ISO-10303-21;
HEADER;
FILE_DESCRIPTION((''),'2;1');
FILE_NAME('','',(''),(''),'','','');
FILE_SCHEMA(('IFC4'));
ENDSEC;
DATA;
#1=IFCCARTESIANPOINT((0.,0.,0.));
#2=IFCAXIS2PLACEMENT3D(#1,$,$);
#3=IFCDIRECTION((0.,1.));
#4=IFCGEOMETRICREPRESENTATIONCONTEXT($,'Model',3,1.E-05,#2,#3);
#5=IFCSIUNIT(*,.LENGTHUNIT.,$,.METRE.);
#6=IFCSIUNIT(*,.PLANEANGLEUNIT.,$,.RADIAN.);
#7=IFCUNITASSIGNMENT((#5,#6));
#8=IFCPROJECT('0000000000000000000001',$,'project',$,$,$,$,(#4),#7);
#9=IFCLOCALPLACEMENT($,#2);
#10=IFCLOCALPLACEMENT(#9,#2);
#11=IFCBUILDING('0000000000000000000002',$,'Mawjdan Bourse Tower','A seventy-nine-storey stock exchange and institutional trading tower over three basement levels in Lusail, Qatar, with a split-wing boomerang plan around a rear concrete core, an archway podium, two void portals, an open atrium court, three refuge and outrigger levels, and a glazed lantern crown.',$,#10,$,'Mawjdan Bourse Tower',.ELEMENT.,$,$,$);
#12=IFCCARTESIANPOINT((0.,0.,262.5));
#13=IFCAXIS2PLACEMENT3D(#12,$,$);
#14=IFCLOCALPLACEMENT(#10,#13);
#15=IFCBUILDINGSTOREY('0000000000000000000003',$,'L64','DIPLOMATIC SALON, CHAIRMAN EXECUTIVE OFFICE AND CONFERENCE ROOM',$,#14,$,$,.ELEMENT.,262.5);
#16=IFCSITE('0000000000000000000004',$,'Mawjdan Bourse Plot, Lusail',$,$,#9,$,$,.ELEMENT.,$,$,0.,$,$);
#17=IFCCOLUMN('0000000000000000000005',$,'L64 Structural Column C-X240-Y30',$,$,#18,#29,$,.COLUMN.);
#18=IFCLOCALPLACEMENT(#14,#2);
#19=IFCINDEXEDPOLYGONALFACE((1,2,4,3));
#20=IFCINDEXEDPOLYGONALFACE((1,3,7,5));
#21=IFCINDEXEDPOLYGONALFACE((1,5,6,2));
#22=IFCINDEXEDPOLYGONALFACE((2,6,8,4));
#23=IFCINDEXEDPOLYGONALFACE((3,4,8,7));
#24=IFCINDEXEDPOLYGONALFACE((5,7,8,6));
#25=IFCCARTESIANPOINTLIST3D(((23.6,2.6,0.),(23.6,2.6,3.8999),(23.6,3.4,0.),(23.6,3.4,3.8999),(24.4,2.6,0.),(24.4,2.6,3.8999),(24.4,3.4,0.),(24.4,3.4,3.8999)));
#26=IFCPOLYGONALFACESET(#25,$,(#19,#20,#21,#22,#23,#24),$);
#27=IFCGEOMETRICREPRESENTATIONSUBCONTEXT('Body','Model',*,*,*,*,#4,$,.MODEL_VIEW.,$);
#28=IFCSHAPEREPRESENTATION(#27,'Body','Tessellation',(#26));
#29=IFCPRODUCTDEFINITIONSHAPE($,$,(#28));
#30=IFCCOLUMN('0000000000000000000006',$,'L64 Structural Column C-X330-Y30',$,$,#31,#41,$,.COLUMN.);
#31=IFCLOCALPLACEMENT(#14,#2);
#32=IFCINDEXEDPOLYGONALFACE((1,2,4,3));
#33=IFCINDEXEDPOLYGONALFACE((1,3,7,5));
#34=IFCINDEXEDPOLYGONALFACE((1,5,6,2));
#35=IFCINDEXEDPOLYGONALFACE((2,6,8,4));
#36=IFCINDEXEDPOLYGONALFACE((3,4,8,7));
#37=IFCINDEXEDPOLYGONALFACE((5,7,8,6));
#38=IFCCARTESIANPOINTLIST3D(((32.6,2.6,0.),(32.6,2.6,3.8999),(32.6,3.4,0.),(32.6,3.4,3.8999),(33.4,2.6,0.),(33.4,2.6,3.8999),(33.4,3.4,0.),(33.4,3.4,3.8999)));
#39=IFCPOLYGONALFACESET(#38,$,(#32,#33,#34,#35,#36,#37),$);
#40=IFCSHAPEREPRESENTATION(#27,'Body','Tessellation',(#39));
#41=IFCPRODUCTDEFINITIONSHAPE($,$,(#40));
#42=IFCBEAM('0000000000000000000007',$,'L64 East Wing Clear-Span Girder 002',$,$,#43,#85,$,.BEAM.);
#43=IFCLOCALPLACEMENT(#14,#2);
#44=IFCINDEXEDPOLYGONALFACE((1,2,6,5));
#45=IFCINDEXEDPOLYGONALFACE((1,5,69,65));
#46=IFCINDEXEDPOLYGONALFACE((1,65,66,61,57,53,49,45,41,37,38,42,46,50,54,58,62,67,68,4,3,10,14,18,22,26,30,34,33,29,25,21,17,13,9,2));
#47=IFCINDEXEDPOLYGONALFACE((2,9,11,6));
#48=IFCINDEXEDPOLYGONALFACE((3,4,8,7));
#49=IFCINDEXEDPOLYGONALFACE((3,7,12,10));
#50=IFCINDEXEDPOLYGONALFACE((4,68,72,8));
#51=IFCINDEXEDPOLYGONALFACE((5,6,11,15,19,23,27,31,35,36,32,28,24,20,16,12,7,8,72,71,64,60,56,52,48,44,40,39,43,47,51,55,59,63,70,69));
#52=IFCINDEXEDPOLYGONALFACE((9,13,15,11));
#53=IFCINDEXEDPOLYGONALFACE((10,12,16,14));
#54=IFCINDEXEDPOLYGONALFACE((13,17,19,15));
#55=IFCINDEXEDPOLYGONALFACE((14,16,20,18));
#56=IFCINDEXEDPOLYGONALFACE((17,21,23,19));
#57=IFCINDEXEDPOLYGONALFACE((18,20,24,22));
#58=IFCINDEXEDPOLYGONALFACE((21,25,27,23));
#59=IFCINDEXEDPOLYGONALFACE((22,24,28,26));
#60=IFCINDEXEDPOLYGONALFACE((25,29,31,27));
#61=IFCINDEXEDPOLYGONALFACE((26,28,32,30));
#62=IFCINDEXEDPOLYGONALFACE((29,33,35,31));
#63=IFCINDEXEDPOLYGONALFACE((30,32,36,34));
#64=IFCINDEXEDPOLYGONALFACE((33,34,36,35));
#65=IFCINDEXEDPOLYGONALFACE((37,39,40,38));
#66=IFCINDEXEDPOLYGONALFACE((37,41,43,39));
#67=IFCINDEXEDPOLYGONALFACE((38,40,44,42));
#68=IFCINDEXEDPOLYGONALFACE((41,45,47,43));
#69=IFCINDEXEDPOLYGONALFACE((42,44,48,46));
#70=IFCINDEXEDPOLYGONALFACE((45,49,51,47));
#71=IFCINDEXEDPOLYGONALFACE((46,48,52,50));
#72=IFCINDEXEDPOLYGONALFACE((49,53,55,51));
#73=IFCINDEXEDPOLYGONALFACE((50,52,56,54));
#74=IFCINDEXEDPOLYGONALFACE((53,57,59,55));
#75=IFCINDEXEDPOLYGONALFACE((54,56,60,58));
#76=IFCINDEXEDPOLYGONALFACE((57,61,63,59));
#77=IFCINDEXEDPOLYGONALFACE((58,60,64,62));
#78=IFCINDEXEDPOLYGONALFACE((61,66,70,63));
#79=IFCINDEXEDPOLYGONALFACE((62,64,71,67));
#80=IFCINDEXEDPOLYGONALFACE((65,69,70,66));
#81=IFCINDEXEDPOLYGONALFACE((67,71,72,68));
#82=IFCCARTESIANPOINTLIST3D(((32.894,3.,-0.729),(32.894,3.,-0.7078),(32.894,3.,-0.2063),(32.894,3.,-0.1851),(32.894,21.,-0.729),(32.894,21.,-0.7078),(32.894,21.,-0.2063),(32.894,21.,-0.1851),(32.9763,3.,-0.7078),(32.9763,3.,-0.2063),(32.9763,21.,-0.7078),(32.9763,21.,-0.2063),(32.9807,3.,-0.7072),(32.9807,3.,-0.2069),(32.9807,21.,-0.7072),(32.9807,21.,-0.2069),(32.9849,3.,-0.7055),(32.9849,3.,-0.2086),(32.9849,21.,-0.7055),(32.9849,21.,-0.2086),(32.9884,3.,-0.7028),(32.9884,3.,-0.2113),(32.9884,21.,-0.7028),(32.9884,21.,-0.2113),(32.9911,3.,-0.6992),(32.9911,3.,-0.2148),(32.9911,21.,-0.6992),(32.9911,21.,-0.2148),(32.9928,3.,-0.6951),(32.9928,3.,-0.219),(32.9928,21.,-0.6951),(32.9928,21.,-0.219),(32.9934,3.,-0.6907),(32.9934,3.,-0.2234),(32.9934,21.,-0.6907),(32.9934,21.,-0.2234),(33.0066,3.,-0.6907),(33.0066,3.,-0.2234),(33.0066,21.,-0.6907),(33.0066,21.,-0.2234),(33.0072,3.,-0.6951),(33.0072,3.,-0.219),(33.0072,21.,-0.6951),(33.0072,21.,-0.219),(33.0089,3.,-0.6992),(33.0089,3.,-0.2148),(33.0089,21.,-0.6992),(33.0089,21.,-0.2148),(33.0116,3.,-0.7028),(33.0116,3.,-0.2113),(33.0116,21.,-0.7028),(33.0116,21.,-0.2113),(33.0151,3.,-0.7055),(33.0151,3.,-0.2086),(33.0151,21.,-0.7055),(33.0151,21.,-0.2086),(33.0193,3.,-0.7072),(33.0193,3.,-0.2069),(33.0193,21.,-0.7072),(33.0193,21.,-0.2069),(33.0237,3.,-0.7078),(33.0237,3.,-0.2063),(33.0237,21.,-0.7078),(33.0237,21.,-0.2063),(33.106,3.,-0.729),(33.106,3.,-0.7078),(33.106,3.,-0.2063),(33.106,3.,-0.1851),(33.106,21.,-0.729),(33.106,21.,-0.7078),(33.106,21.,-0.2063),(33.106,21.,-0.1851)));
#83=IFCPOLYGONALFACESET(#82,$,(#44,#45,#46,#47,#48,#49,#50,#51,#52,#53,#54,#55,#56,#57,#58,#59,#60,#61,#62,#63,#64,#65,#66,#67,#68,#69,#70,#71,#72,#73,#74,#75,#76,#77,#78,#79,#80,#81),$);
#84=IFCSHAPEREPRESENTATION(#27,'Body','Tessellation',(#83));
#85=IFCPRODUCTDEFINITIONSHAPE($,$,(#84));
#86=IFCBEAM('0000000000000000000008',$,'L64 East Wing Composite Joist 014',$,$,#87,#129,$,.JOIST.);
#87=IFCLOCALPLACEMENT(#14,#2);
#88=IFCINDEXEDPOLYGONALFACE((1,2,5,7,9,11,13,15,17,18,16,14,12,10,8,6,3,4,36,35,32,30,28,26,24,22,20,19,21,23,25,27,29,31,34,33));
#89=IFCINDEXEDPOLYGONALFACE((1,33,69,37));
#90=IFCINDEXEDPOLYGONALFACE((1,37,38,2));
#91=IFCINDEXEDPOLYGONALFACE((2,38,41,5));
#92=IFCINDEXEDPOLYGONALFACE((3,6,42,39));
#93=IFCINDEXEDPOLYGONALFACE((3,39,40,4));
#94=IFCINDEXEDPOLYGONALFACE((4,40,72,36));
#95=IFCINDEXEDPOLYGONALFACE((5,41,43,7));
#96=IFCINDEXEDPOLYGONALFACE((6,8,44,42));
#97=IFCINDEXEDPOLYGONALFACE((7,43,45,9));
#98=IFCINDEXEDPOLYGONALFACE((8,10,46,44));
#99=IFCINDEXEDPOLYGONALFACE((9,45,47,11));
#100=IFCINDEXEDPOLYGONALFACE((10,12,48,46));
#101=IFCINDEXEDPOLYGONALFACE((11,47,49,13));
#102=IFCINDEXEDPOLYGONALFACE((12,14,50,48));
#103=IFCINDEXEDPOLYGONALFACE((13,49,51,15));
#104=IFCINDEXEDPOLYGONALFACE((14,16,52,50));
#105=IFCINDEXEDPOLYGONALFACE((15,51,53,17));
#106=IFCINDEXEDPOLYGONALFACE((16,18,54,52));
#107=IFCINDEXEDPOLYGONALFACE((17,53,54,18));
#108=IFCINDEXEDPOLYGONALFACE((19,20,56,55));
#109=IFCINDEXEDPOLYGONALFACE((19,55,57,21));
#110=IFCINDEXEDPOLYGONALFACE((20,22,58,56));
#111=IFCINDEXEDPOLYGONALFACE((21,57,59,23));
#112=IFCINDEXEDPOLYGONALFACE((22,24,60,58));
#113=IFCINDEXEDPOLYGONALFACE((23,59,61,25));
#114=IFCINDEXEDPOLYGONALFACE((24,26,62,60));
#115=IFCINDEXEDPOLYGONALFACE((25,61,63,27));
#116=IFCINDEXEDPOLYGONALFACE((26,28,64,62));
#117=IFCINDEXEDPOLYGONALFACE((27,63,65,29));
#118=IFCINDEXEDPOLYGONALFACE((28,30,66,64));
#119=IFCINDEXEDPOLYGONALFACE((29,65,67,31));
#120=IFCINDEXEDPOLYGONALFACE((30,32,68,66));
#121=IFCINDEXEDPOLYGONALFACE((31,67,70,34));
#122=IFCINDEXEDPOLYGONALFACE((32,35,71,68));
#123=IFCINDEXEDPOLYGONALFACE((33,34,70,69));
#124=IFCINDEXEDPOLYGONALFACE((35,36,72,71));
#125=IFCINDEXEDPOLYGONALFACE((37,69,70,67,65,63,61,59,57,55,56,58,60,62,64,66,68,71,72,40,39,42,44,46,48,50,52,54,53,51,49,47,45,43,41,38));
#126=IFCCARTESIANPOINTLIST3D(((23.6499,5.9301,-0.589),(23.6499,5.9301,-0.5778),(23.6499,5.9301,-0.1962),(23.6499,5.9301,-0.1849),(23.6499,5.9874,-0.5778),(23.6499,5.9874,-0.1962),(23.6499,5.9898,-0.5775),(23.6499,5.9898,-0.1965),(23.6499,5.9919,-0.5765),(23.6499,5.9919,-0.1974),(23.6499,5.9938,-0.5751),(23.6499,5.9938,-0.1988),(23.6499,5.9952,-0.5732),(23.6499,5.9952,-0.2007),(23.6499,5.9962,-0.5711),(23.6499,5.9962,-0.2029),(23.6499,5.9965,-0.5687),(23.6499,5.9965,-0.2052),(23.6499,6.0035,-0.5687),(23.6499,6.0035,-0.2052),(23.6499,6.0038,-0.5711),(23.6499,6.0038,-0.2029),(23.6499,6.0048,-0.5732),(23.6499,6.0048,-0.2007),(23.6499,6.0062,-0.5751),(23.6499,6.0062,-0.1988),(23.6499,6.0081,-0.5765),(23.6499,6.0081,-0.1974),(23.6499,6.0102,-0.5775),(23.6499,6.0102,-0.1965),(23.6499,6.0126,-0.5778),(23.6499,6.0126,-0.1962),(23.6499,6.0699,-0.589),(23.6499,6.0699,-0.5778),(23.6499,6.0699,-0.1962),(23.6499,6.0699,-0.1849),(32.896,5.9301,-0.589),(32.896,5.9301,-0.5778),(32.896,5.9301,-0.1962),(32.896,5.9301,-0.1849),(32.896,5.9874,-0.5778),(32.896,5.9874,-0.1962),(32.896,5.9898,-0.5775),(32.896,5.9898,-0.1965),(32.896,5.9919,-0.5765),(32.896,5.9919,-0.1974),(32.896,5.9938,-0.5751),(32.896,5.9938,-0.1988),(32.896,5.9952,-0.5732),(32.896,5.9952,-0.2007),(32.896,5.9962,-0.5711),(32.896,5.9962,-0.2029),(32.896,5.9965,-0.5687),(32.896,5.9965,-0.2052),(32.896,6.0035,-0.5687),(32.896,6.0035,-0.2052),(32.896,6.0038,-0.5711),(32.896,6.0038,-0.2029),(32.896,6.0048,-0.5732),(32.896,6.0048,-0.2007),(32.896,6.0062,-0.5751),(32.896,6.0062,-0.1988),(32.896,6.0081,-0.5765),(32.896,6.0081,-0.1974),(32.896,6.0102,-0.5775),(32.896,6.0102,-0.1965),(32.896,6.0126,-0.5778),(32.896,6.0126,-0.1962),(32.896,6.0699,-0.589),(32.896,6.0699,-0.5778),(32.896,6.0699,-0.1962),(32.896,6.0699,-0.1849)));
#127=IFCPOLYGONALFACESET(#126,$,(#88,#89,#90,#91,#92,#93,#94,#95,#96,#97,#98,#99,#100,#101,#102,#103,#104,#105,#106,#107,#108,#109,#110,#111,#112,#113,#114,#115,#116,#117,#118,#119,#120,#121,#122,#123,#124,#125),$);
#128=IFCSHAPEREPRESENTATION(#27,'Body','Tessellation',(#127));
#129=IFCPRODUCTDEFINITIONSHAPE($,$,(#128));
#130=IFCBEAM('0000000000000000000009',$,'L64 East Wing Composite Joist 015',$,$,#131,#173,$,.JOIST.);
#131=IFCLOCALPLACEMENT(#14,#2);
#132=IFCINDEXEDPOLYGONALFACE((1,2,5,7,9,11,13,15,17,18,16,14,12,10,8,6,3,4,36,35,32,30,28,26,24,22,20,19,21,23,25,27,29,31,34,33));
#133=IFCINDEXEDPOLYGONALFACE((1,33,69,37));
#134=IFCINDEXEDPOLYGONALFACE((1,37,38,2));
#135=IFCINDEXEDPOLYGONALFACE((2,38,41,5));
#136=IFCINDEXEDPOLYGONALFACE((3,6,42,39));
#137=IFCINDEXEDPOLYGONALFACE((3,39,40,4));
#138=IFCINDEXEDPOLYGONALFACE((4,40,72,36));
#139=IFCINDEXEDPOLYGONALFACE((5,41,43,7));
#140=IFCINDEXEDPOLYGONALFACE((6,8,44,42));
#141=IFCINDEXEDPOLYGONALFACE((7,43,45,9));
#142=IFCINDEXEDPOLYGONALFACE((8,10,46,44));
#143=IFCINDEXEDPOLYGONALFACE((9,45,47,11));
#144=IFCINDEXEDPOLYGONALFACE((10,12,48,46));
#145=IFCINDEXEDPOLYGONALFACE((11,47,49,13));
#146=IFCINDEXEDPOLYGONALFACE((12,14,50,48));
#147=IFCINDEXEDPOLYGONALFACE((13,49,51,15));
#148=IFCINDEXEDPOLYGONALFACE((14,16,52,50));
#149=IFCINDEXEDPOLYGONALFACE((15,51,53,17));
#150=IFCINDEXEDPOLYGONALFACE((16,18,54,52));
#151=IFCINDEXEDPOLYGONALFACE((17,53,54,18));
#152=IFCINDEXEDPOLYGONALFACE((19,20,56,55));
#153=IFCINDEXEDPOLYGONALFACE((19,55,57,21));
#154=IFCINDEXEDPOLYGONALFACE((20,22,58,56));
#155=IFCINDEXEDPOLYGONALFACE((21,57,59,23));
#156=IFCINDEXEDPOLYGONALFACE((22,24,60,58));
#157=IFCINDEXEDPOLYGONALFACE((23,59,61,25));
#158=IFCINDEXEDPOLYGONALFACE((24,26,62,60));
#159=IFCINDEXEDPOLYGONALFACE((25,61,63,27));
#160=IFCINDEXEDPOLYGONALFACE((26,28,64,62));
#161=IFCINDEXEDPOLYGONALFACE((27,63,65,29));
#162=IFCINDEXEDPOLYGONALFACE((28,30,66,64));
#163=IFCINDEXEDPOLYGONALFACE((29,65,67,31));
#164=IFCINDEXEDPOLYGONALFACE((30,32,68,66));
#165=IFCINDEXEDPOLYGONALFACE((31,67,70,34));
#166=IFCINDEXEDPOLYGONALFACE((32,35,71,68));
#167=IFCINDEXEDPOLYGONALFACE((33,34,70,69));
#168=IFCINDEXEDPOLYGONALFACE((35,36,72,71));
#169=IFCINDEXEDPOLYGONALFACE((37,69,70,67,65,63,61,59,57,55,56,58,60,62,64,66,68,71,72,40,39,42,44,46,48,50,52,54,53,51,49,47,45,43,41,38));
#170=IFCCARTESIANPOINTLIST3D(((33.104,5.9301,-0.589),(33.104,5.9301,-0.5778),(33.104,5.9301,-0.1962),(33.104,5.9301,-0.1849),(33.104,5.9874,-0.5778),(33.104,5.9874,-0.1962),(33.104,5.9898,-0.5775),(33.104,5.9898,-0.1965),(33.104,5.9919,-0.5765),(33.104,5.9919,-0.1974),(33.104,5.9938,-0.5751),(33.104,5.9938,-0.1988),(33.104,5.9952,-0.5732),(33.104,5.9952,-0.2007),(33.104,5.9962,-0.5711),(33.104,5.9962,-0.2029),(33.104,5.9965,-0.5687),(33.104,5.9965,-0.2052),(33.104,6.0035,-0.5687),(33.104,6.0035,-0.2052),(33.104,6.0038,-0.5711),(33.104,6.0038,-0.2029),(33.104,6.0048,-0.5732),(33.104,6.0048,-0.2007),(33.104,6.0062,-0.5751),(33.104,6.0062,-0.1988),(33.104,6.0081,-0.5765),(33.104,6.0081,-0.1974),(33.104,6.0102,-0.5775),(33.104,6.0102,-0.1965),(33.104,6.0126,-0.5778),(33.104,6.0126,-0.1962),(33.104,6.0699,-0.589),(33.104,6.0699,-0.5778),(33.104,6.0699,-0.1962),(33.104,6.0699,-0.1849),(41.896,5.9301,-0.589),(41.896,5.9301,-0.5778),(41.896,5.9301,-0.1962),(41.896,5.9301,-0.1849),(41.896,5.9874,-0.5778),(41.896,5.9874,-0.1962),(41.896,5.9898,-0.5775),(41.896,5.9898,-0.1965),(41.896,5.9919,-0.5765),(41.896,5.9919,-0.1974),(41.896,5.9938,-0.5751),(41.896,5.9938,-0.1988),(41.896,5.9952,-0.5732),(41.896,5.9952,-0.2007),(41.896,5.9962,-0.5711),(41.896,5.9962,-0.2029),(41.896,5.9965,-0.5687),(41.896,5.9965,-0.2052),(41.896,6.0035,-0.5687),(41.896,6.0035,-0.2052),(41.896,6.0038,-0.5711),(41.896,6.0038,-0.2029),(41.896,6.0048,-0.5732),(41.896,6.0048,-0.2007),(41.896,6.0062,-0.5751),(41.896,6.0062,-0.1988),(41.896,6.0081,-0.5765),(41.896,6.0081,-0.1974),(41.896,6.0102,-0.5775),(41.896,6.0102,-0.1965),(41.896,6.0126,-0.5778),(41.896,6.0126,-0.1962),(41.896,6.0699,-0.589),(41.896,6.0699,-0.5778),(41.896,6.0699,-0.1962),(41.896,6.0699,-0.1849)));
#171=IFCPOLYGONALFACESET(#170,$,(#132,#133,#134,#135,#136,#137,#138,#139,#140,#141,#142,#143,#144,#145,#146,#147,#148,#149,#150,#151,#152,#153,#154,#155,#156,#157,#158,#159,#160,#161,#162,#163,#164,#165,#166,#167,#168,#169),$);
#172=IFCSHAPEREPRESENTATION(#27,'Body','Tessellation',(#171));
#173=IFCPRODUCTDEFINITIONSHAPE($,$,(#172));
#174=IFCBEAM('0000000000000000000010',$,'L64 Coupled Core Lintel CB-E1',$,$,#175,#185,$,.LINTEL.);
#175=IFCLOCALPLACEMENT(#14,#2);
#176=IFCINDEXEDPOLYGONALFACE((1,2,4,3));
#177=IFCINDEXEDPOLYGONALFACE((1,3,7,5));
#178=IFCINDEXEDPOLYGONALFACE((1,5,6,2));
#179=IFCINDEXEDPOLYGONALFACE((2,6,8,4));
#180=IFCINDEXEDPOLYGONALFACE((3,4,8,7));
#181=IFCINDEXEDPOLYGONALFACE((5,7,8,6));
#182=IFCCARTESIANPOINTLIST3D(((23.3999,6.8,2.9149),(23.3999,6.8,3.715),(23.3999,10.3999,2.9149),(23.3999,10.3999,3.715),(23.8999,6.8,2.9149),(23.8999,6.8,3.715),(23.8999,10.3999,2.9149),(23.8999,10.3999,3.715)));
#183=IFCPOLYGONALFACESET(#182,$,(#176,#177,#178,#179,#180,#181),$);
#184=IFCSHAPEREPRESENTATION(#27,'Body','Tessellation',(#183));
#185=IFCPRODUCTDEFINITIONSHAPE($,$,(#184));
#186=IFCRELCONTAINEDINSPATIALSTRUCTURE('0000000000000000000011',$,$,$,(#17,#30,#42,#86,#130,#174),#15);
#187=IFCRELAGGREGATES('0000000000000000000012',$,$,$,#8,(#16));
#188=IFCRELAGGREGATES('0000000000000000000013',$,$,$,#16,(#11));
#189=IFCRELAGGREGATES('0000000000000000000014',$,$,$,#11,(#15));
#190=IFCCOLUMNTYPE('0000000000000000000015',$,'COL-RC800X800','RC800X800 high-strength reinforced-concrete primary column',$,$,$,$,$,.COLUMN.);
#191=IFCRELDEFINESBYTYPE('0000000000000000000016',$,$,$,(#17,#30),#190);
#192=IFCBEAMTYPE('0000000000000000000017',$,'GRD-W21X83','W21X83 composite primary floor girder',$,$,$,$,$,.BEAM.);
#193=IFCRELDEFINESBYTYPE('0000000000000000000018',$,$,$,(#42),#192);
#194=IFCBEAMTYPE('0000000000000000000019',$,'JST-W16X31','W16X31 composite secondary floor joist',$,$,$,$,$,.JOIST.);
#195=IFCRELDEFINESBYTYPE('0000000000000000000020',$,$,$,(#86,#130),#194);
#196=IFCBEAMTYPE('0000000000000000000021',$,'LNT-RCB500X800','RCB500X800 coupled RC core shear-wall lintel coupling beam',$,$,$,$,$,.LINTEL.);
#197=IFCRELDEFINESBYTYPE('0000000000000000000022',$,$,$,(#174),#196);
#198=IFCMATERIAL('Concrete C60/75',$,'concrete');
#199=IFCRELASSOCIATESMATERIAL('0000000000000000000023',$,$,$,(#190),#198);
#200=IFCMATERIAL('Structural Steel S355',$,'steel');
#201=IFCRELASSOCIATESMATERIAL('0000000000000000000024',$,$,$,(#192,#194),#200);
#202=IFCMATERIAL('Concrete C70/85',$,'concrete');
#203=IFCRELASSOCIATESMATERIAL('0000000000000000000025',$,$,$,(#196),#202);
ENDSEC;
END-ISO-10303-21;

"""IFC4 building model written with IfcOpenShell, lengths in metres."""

from ifc_helpers import new_model, si_unit, direction, frame, origin, origin_2d, place, context, subcontext, project, spatial, rectangle, i_section, extrude, material, material_profile, profile_set, type_object, element, save


model = new_model("IFC4")

# Units and contexts
model_context = context("Model", 3, precision=1e-05, world=origin(), true_north=direction((0.0, 1.0)))
body_context = subcontext(model_context, "Body", "Model", "MODEL_VIEW")
ifc_project = project(units=[si_unit("LENGTHUNIT", "METRE"), si_unit("PLANEANGLEUNIT", "RADIAN")], contexts=[model_context])

# Site, building, storey
site_placement = place(None, origin())
site = spatial("IfcSite", under=ifc_project, at=site_placement, Name="Mawjdan Bourse Plot, Lusail", CompositionType="ELEMENT", RefElevation=0.0)
building_placement = place(site_placement, origin())
building = spatial("IfcBuilding", under=site, at=building_placement, Name="Mawjdan Bourse Tower", Description="A seventy-nine-storey stock exchange and institutional trading tower over three basement levels in Lusail, Qatar, with a split-wing boomerang plan around a rear concrete core, an archway podium, two void portals, an open atrium court, three refuge and outrigger levels, and a glazed lantern crown.", LongName="Mawjdan Bourse Tower", CompositionType="ELEMENT")
storey_placement = place(building_placement, frame((0.0, 0.0, 262.5)))
storey = spatial("IfcBuildingStorey", under=building, at=storey_placement, Name="L64", Description="DIPLOMATIC SALON, CHAIRMAN EXECUTIVE OFFICE AND CONFERENCE ROOM", CompositionType="ELEMENT", Elevation=262.5)

# Columns
ifc_material_1 = material(Name="Concrete C60/75", Category="concrete")
ifc_material_profile_1 = material_profile(ifc_material_1, rectangle(XDim=0.8, YDim=0.8, at=origin_2d()), Name="RC800X800")
ifc_profile_set_1 = profile_set([ifc_material_profile_1], Name="Concrete C60/75")
column_type = type_object("IfcColumnType", Name="COL-RC800X800", Description="RC800X800 high-strength reinforced-concrete primary column", PredefinedType="COLUMN", material=ifc_profile_set_1)
for number, where, z_axis, x_axis, name in (
    (1, (24.0, 3.0, 0.0), (0.0, 0.0, 1.0), (1.0, 0.0, 0.0), "L64 Structural Column C-X240-Y30"),
    (2, (33.0, 3.0, 0.0), (0.0, 0.0, 1.0), (1.0, 0.0, 0.0), "L64 Structural Column C-X330-Y30"),
):
    element("IfcColumn", number, at=place(storey_placement, frame(where, z_axis=z_axis, x_axis=x_axis)), inside=storey, type_object=column_type, Name=name, PredefinedType="COLUMN", context=body_context, shape_type="SweptSolid", body=[
        extrude(rectangle(XDim=0.8, YDim=0.8, at=origin_2d()), origin(), (0.0, 0.0, 1.0), 3.8999),
    ])

# Beams
ifc_material_2 = material(Name="Structural Steel S355", Category="steel")
ifc_material_profile_2 = material_profile(ifc_material_2, i_section(OverallWidth=0.2119, OverallDepth=0.5439, WebThickness=0.0132, FlangeThickness=0.0212, FilletRadius=0.0171, at=origin_2d()), Name="W21X83")
ifc_profile_set_2 = profile_set([ifc_material_profile_2], Name="Structural Steel S355")
beam_type_1 = type_object("IfcBeamType", Name="GRD-W21X83", Description="W21X83 composite primary floor girder", PredefinedType="BEAM", material=ifc_profile_set_2)
beam_1_placement = place(storey_placement, frame((33.0, 3.0, -0.457), z_axis=(0.0, 1.0, 0.0), x_axis=(-1.0, 0.0, 0.0)))
element("IfcBeam", 3, at=beam_1_placement, inside=storey, type_object=beam_type_1, Name="L64 East Wing Clear-Span Girder 002", PredefinedType="BEAM", context=body_context, shape_type="SweptSolid", body=[
    extrude(i_section(OverallWidth=0.2119, OverallDepth=0.5439, WebThickness=0.0132, FlangeThickness=0.0212, FilletRadius=0.0171, at=origin_2d()), origin(), (0.0, 0.0, 1.0), 18.0),
])
ifc_material_profile_3 = material_profile(ifc_material_2, i_section(OverallWidth=0.1399, OverallDepth=0.4041, WebThickness=0.0071, FlangeThickness=0.0112, FilletRadius=0.009, at=origin_2d()), Name="W16X31")
ifc_profile_set_3 = profile_set([ifc_material_profile_3], Name="Structural Steel S355")
beam_type_2 = type_object("IfcBeamType", Name="JST-W16X31", Description="W16X31 composite secondary floor joist", PredefinedType="JOIST", material=ifc_profile_set_3)
beam_2_placement = place(storey_placement, frame((23.6499, 6.0, -0.387), z_axis=(1.0, 0.0, 0.0), x_axis=(0.0, 1.0, 0.0)))
element("IfcBeam", 4, at=beam_2_placement, inside=storey, type_object=beam_type_2, Name="L64 East Wing Composite Joist 014", PredefinedType="JOIST", context=body_context, shape_type="SweptSolid", body=[
    extrude(i_section(OverallWidth=0.1399, OverallDepth=0.4041, WebThickness=0.0071, FlangeThickness=0.0112, FilletRadius=0.009, at=origin_2d()), origin(), (0.0, 0.0, 1.0), 9.2461),
])
beam_3_placement = place(storey_placement, frame((33.104, 6.0, -0.387), z_axis=(1.0, 0.0, 0.0), x_axis=(0.0, 1.0, 0.0)))
element("IfcBeam", 5, at=beam_3_placement, inside=storey, type_object=beam_type_2, Name="L64 East Wing Composite Joist 015", PredefinedType="JOIST", context=body_context, shape_type="SweptSolid", body=[
    extrude(i_section(OverallWidth=0.1399, OverallDepth=0.4041, WebThickness=0.0071, FlangeThickness=0.0112, FilletRadius=0.009, at=origin_2d()), origin(), (0.0, 0.0, 1.0), 8.792),
])
ifc_material_3 = material(Name="Concrete C70/85", Category="concrete")
ifc_material_profile_4 = material_profile(ifc_material_3, rectangle(XDim=0.5, YDim=0.8, at=origin_2d()), Name="RCB500X800")
ifc_profile_set_4 = profile_set([ifc_material_profile_4], Name="Concrete C70/85")
beam_type_3 = type_object("IfcBeamType", Name="LNT-RCB500X800", Description="RCB500X800 coupled RC core shear-wall lintel coupling beam", PredefinedType="LINTEL", material=ifc_profile_set_4)
beam_4_placement = place(storey_placement, frame((23.6499, 6.8, 3.3149), z_axis=(0.0, 1.0, 0.0), x_axis=(-1.0, 0.0, 0.0)))
element("IfcBeam", 6, at=beam_4_placement, inside=storey, type_object=beam_type_3, Name="L64 Coupled Core Lintel CB-E1", PredefinedType="LINTEL", context=body_context, shape_type="SweptSolid", body=[
    extrude(rectangle(XDim=0.5, YDim=0.8, at=origin_2d()), origin(), (0.0, 0.0, 1.0), 3.5999),
])

save(model, "model.ifc")
